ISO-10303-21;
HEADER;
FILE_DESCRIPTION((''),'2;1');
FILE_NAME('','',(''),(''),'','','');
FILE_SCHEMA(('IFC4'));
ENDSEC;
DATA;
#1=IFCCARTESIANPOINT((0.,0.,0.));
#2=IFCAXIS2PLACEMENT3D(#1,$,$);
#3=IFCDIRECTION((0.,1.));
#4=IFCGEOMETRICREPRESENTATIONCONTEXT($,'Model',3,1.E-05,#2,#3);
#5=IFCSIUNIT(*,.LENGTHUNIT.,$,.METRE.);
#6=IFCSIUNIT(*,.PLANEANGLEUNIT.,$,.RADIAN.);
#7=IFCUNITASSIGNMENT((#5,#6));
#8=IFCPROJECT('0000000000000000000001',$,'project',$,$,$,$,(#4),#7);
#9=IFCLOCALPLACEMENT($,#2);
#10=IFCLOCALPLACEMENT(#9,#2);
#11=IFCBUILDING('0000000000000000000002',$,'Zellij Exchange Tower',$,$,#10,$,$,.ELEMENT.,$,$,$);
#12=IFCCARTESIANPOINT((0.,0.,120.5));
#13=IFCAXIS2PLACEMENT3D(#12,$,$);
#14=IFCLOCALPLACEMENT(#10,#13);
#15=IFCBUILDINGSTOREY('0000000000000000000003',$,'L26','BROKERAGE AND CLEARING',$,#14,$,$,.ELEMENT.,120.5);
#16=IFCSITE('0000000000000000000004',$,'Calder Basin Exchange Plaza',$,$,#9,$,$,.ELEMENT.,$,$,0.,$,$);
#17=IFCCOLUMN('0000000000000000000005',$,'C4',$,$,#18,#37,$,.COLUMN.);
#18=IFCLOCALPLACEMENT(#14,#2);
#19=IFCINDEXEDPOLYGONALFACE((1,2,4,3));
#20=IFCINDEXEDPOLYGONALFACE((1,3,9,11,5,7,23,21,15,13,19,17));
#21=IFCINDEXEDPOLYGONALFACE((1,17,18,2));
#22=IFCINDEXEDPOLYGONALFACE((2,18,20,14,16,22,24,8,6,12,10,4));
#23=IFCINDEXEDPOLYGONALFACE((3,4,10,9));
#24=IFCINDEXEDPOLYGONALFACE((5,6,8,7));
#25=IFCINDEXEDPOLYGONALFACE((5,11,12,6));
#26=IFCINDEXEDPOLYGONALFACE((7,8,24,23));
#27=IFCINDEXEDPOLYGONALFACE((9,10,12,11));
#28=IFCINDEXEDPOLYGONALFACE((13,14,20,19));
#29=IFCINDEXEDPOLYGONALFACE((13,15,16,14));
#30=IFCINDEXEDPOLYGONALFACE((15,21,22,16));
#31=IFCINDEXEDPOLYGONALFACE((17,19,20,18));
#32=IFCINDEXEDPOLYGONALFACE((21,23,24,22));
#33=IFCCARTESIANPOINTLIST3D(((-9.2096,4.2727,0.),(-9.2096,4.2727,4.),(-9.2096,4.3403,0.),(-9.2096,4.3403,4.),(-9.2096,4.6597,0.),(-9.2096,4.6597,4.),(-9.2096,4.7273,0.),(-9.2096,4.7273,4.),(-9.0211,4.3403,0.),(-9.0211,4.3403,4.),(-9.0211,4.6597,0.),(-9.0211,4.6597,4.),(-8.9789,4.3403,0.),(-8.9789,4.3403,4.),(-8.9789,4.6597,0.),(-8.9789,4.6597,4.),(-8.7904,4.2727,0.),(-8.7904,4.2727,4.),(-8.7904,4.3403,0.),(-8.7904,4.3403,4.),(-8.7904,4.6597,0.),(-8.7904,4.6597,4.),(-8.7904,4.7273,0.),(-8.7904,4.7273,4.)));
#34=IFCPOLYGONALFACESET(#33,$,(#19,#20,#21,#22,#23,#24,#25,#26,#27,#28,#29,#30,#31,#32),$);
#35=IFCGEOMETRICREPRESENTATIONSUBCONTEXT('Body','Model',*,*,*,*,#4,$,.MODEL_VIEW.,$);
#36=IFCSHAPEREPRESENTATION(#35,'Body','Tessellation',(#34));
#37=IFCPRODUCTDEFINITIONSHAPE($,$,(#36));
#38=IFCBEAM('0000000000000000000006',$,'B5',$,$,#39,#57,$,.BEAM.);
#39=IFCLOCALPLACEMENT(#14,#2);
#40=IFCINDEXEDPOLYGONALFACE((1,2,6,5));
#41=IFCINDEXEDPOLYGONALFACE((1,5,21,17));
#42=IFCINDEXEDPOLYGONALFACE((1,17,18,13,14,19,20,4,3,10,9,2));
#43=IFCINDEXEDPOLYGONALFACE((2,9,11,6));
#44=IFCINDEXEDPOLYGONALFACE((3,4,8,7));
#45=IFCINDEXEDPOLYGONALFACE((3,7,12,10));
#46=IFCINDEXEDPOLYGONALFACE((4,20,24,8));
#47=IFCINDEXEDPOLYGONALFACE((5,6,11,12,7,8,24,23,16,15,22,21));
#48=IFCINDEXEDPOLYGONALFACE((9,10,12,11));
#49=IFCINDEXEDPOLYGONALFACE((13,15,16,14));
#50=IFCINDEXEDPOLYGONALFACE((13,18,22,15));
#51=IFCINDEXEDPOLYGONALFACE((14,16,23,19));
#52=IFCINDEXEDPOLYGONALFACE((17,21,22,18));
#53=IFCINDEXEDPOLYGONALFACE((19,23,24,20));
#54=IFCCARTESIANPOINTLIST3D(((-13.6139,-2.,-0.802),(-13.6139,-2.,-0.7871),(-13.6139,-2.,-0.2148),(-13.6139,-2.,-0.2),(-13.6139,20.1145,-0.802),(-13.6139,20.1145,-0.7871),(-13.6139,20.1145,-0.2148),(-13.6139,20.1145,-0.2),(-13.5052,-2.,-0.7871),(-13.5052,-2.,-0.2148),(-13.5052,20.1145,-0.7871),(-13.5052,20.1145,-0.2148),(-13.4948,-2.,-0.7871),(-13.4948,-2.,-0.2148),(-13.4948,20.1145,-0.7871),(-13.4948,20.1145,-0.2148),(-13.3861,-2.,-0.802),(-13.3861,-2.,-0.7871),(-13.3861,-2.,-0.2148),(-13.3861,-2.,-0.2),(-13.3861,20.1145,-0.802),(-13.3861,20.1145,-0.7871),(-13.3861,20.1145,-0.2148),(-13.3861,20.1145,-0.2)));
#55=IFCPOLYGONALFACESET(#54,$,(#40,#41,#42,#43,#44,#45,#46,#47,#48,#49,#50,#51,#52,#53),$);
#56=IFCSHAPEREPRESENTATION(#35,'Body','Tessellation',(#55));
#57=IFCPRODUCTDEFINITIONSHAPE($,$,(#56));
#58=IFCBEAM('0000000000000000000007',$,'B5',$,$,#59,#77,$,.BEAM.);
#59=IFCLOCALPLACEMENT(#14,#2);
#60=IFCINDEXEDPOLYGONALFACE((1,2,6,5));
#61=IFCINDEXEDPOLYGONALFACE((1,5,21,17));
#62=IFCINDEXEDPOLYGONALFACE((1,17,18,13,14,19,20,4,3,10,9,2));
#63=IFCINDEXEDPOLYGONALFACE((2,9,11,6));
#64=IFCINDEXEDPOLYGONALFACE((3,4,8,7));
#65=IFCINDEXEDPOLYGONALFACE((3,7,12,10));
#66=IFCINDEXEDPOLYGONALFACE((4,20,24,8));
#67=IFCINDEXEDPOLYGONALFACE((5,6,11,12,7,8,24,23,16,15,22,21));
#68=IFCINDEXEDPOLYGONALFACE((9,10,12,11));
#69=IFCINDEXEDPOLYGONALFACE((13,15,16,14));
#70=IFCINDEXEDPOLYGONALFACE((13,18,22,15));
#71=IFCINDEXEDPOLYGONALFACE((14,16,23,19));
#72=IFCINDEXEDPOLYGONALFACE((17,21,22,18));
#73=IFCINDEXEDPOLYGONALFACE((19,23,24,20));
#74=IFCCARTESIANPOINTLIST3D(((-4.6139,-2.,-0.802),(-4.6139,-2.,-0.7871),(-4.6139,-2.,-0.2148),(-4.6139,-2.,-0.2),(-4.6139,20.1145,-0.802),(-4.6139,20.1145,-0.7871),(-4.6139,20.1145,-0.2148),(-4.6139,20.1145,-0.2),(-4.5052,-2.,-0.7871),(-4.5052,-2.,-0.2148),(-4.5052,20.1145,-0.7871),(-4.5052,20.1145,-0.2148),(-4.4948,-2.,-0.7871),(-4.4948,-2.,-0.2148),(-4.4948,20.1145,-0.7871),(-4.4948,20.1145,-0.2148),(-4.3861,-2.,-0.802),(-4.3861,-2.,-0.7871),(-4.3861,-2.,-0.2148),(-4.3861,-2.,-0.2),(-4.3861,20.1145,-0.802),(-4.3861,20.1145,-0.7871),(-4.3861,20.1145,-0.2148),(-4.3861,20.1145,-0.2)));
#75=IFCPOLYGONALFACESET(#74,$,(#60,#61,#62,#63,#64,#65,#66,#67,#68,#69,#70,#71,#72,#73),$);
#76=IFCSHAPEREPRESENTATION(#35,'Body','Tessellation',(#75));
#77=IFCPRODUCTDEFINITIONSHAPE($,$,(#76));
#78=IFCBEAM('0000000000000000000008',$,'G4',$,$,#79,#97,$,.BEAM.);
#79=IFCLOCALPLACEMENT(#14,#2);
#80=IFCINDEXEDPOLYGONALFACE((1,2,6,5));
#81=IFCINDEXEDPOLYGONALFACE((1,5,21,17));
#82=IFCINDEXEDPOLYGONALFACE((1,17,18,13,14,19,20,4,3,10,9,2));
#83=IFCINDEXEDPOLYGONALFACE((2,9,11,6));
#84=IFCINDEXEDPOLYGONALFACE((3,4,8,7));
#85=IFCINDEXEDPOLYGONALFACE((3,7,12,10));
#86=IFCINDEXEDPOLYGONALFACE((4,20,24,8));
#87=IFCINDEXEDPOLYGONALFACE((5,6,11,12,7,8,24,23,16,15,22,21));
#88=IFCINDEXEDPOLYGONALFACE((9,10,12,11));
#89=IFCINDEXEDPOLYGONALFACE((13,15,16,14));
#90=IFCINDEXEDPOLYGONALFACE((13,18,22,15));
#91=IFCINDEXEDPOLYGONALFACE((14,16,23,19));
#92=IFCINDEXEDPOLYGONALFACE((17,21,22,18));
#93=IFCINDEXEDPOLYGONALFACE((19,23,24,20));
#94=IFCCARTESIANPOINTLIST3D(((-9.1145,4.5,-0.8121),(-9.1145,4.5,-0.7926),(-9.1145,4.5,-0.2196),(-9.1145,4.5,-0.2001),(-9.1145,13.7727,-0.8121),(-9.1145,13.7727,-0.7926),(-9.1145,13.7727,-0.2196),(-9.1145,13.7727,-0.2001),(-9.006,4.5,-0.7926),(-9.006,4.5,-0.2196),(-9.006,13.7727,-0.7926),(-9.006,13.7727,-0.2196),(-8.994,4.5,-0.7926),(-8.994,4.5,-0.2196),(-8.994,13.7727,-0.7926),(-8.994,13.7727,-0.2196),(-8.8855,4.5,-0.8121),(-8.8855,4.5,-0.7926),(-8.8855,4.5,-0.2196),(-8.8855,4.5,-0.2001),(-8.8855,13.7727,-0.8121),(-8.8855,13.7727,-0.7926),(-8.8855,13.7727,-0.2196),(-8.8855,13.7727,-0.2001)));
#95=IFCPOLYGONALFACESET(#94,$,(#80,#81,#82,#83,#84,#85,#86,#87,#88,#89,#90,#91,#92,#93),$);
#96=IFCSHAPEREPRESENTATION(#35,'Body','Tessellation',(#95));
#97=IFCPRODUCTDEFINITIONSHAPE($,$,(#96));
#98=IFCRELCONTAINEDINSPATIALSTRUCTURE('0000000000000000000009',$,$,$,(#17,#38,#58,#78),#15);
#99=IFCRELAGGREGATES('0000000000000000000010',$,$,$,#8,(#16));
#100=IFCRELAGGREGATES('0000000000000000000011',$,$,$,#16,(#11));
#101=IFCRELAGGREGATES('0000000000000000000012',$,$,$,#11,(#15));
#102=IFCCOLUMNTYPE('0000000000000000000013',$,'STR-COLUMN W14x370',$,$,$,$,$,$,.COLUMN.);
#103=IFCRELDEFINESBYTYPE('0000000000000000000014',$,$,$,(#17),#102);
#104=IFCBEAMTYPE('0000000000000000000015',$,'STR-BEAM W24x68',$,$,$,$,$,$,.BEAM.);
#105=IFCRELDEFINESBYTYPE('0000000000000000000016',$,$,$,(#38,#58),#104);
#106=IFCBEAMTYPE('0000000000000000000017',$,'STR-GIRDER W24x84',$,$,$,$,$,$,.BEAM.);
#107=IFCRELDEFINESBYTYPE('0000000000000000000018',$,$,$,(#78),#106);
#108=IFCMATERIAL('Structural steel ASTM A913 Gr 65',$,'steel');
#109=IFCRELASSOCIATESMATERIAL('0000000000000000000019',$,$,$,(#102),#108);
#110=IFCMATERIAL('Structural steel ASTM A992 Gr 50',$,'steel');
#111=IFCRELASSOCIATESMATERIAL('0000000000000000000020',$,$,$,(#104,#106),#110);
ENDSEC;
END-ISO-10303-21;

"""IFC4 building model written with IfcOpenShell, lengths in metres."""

from ifc_helpers import new_model, si_unit, direction, frame, origin, origin_2d, place, context, subcontext, project, spatial, i_section, extrude, material, material_profile, profile_set, type_object, element, save


model = new_model("IFC4")

# Units and contexts
model_context = context("Model", 3, precision=1e-05, world=origin(), true_north=direction((0.0, 1.0)))
body_context = subcontext(model_context, "Body", "Model", "MODEL_VIEW")
ifc_project = project(units=[si_unit("LENGTHUNIT", "METRE"), si_unit("PLANEANGLEUNIT", "RADIAN")], contexts=[model_context])

# Site, building, storey
site_placement = place(None, origin())
site = spatial("IfcSite", under=ifc_project, at=site_placement, Name="Calder Basin Exchange Plaza", CompositionType="ELEMENT", RefElevation=0.0)
building_placement = place(site_placement, origin())
building = spatial("IfcBuilding", under=site, at=building_placement, Name="Zellij Exchange Tower", CompositionType="ELEMENT")
storey_placement = place(building_placement, frame((0.0, 0.0, 120.5)))
storey = spatial("IfcBuildingStorey", under=building, at=storey_placement, Name="L26", Description="BROKERAGE AND CLEARING", CompositionType="ELEMENT", Elevation=120.5)

# Column
ifc_material_1 = material(Name="Structural steel ASTM A913 Gr 65", Category="steel")
ifc_material_profile_1 = material_profile(ifc_material_1, i_section(OverallWidth=0.4192, OverallDepth=0.4546, WebThickness=0.0422, FlangeThickness=0.0676, at=origin_2d()), Name="W14x370")
ifc_profile_set_1 = profile_set([ifc_material_profile_1], Name="Structural steel ASTM A913 Gr 65")
column_type = type_object("IfcColumnType", Name="STR-COLUMN W14x370", PredefinedType="COLUMN", material=ifc_profile_set_1)
column_placement = place(storey_placement, frame((-9.0, 4.5, 0.0), z_axis=(0.0, 0.0, 1.0), x_axis=(1.0, 0.0, 0.0)))
element("IfcColumn", 1, at=column_placement, inside=storey, type_object=column_type, Name="C4", PredefinedType="COLUMN", context=body_context, shape_type="SweptSolid", body=[
    extrude(i_section(OverallWidth=0.4192, OverallDepth=0.4546, WebThickness=0.0422, FlangeThickness=0.0676, at=origin_2d()), origin(), (0.0, 0.0, 1.0), 4.0),
])

# Beams
ifc_material_2 = material(Name="Structural steel ASTM A992 Gr 50", Category="steel")
ifc_material_profile_2 = material_profile(ifc_material_2, i_section(OverallWidth=0.2278, OverallDepth=0.6021, WebThickness=0.0105, FlangeThickness=0.0149, at=origin_2d()), Name="W24x68")
ifc_profile_set_2 = profile_set([ifc_material_profile_2], Name="Structural steel ASTM A992 Gr 50")
beam_type_1 = type_object("IfcBeamType", Name="STR-BEAM W24x68", PredefinedType="BEAM", material=ifc_profile_set_2)
for number, where, z_axis, x_axis, name in (
    (2, (-13.5, -2.0, -0.501), (0.0, 1.0, 0.0), (-1.0, 0.0, 0.0), "B5"),
    (3, (-4.5, -2.0, -0.501), (0.0, 1.0, 0.0), (-1.0, 0.0, 0.0), "B5"),
):
    element("IfcBeam", number, at=place(storey_placement, frame(where, z_axis=z_axis, x_axis=x_axis)), inside=storey, type_object=beam_type_1, Name=name, PredefinedType="BEAM", context=body_context, shape_type="SweptSolid", body=[
        extrude(i_section(OverallWidth=0.2278, OverallDepth=0.6021, WebThickness=0.0105, FlangeThickness=0.0149, at=origin_2d()), origin(), (0.0, 0.0, 1.0), 22.1145),
    ])
ifc_material_profile_3 = material_profile(ifc_material_2, i_section(OverallWidth=0.229, OverallDepth=0.6121, WebThickness=0.012, FlangeThickness=0.0195, at=origin_2d()), Name="W24x84")
ifc_profile_set_3 = profile_set([ifc_material_profile_3], Name="Structural steel ASTM A992 Gr 50")
beam_type_2 = type_object("IfcBeamType", Name="STR-GIRDER W24x84", PredefinedType="BEAM", material=ifc_profile_set_3)
beam_placement = place(storey_placement, frame((-9.0, 4.5, -0.5061), z_axis=(0.0, 1.0, 0.0), x_axis=(-1.0, 0.0, 0.0)))
element("IfcBeam", 4, at=beam_placement, inside=storey, type_object=beam_type_2, Name="G4", PredefinedType="BEAM", context=body_context, shape_type="SweptSolid", body=[
    extrude(i_section(OverallWidth=0.229, OverallDepth=0.6121, WebThickness=0.012, FlangeThickness=0.0195, at=origin_2d()), origin(), (0.0, 0.0, 1.0), 9.2727),
])

save(model, "model.ifc")
